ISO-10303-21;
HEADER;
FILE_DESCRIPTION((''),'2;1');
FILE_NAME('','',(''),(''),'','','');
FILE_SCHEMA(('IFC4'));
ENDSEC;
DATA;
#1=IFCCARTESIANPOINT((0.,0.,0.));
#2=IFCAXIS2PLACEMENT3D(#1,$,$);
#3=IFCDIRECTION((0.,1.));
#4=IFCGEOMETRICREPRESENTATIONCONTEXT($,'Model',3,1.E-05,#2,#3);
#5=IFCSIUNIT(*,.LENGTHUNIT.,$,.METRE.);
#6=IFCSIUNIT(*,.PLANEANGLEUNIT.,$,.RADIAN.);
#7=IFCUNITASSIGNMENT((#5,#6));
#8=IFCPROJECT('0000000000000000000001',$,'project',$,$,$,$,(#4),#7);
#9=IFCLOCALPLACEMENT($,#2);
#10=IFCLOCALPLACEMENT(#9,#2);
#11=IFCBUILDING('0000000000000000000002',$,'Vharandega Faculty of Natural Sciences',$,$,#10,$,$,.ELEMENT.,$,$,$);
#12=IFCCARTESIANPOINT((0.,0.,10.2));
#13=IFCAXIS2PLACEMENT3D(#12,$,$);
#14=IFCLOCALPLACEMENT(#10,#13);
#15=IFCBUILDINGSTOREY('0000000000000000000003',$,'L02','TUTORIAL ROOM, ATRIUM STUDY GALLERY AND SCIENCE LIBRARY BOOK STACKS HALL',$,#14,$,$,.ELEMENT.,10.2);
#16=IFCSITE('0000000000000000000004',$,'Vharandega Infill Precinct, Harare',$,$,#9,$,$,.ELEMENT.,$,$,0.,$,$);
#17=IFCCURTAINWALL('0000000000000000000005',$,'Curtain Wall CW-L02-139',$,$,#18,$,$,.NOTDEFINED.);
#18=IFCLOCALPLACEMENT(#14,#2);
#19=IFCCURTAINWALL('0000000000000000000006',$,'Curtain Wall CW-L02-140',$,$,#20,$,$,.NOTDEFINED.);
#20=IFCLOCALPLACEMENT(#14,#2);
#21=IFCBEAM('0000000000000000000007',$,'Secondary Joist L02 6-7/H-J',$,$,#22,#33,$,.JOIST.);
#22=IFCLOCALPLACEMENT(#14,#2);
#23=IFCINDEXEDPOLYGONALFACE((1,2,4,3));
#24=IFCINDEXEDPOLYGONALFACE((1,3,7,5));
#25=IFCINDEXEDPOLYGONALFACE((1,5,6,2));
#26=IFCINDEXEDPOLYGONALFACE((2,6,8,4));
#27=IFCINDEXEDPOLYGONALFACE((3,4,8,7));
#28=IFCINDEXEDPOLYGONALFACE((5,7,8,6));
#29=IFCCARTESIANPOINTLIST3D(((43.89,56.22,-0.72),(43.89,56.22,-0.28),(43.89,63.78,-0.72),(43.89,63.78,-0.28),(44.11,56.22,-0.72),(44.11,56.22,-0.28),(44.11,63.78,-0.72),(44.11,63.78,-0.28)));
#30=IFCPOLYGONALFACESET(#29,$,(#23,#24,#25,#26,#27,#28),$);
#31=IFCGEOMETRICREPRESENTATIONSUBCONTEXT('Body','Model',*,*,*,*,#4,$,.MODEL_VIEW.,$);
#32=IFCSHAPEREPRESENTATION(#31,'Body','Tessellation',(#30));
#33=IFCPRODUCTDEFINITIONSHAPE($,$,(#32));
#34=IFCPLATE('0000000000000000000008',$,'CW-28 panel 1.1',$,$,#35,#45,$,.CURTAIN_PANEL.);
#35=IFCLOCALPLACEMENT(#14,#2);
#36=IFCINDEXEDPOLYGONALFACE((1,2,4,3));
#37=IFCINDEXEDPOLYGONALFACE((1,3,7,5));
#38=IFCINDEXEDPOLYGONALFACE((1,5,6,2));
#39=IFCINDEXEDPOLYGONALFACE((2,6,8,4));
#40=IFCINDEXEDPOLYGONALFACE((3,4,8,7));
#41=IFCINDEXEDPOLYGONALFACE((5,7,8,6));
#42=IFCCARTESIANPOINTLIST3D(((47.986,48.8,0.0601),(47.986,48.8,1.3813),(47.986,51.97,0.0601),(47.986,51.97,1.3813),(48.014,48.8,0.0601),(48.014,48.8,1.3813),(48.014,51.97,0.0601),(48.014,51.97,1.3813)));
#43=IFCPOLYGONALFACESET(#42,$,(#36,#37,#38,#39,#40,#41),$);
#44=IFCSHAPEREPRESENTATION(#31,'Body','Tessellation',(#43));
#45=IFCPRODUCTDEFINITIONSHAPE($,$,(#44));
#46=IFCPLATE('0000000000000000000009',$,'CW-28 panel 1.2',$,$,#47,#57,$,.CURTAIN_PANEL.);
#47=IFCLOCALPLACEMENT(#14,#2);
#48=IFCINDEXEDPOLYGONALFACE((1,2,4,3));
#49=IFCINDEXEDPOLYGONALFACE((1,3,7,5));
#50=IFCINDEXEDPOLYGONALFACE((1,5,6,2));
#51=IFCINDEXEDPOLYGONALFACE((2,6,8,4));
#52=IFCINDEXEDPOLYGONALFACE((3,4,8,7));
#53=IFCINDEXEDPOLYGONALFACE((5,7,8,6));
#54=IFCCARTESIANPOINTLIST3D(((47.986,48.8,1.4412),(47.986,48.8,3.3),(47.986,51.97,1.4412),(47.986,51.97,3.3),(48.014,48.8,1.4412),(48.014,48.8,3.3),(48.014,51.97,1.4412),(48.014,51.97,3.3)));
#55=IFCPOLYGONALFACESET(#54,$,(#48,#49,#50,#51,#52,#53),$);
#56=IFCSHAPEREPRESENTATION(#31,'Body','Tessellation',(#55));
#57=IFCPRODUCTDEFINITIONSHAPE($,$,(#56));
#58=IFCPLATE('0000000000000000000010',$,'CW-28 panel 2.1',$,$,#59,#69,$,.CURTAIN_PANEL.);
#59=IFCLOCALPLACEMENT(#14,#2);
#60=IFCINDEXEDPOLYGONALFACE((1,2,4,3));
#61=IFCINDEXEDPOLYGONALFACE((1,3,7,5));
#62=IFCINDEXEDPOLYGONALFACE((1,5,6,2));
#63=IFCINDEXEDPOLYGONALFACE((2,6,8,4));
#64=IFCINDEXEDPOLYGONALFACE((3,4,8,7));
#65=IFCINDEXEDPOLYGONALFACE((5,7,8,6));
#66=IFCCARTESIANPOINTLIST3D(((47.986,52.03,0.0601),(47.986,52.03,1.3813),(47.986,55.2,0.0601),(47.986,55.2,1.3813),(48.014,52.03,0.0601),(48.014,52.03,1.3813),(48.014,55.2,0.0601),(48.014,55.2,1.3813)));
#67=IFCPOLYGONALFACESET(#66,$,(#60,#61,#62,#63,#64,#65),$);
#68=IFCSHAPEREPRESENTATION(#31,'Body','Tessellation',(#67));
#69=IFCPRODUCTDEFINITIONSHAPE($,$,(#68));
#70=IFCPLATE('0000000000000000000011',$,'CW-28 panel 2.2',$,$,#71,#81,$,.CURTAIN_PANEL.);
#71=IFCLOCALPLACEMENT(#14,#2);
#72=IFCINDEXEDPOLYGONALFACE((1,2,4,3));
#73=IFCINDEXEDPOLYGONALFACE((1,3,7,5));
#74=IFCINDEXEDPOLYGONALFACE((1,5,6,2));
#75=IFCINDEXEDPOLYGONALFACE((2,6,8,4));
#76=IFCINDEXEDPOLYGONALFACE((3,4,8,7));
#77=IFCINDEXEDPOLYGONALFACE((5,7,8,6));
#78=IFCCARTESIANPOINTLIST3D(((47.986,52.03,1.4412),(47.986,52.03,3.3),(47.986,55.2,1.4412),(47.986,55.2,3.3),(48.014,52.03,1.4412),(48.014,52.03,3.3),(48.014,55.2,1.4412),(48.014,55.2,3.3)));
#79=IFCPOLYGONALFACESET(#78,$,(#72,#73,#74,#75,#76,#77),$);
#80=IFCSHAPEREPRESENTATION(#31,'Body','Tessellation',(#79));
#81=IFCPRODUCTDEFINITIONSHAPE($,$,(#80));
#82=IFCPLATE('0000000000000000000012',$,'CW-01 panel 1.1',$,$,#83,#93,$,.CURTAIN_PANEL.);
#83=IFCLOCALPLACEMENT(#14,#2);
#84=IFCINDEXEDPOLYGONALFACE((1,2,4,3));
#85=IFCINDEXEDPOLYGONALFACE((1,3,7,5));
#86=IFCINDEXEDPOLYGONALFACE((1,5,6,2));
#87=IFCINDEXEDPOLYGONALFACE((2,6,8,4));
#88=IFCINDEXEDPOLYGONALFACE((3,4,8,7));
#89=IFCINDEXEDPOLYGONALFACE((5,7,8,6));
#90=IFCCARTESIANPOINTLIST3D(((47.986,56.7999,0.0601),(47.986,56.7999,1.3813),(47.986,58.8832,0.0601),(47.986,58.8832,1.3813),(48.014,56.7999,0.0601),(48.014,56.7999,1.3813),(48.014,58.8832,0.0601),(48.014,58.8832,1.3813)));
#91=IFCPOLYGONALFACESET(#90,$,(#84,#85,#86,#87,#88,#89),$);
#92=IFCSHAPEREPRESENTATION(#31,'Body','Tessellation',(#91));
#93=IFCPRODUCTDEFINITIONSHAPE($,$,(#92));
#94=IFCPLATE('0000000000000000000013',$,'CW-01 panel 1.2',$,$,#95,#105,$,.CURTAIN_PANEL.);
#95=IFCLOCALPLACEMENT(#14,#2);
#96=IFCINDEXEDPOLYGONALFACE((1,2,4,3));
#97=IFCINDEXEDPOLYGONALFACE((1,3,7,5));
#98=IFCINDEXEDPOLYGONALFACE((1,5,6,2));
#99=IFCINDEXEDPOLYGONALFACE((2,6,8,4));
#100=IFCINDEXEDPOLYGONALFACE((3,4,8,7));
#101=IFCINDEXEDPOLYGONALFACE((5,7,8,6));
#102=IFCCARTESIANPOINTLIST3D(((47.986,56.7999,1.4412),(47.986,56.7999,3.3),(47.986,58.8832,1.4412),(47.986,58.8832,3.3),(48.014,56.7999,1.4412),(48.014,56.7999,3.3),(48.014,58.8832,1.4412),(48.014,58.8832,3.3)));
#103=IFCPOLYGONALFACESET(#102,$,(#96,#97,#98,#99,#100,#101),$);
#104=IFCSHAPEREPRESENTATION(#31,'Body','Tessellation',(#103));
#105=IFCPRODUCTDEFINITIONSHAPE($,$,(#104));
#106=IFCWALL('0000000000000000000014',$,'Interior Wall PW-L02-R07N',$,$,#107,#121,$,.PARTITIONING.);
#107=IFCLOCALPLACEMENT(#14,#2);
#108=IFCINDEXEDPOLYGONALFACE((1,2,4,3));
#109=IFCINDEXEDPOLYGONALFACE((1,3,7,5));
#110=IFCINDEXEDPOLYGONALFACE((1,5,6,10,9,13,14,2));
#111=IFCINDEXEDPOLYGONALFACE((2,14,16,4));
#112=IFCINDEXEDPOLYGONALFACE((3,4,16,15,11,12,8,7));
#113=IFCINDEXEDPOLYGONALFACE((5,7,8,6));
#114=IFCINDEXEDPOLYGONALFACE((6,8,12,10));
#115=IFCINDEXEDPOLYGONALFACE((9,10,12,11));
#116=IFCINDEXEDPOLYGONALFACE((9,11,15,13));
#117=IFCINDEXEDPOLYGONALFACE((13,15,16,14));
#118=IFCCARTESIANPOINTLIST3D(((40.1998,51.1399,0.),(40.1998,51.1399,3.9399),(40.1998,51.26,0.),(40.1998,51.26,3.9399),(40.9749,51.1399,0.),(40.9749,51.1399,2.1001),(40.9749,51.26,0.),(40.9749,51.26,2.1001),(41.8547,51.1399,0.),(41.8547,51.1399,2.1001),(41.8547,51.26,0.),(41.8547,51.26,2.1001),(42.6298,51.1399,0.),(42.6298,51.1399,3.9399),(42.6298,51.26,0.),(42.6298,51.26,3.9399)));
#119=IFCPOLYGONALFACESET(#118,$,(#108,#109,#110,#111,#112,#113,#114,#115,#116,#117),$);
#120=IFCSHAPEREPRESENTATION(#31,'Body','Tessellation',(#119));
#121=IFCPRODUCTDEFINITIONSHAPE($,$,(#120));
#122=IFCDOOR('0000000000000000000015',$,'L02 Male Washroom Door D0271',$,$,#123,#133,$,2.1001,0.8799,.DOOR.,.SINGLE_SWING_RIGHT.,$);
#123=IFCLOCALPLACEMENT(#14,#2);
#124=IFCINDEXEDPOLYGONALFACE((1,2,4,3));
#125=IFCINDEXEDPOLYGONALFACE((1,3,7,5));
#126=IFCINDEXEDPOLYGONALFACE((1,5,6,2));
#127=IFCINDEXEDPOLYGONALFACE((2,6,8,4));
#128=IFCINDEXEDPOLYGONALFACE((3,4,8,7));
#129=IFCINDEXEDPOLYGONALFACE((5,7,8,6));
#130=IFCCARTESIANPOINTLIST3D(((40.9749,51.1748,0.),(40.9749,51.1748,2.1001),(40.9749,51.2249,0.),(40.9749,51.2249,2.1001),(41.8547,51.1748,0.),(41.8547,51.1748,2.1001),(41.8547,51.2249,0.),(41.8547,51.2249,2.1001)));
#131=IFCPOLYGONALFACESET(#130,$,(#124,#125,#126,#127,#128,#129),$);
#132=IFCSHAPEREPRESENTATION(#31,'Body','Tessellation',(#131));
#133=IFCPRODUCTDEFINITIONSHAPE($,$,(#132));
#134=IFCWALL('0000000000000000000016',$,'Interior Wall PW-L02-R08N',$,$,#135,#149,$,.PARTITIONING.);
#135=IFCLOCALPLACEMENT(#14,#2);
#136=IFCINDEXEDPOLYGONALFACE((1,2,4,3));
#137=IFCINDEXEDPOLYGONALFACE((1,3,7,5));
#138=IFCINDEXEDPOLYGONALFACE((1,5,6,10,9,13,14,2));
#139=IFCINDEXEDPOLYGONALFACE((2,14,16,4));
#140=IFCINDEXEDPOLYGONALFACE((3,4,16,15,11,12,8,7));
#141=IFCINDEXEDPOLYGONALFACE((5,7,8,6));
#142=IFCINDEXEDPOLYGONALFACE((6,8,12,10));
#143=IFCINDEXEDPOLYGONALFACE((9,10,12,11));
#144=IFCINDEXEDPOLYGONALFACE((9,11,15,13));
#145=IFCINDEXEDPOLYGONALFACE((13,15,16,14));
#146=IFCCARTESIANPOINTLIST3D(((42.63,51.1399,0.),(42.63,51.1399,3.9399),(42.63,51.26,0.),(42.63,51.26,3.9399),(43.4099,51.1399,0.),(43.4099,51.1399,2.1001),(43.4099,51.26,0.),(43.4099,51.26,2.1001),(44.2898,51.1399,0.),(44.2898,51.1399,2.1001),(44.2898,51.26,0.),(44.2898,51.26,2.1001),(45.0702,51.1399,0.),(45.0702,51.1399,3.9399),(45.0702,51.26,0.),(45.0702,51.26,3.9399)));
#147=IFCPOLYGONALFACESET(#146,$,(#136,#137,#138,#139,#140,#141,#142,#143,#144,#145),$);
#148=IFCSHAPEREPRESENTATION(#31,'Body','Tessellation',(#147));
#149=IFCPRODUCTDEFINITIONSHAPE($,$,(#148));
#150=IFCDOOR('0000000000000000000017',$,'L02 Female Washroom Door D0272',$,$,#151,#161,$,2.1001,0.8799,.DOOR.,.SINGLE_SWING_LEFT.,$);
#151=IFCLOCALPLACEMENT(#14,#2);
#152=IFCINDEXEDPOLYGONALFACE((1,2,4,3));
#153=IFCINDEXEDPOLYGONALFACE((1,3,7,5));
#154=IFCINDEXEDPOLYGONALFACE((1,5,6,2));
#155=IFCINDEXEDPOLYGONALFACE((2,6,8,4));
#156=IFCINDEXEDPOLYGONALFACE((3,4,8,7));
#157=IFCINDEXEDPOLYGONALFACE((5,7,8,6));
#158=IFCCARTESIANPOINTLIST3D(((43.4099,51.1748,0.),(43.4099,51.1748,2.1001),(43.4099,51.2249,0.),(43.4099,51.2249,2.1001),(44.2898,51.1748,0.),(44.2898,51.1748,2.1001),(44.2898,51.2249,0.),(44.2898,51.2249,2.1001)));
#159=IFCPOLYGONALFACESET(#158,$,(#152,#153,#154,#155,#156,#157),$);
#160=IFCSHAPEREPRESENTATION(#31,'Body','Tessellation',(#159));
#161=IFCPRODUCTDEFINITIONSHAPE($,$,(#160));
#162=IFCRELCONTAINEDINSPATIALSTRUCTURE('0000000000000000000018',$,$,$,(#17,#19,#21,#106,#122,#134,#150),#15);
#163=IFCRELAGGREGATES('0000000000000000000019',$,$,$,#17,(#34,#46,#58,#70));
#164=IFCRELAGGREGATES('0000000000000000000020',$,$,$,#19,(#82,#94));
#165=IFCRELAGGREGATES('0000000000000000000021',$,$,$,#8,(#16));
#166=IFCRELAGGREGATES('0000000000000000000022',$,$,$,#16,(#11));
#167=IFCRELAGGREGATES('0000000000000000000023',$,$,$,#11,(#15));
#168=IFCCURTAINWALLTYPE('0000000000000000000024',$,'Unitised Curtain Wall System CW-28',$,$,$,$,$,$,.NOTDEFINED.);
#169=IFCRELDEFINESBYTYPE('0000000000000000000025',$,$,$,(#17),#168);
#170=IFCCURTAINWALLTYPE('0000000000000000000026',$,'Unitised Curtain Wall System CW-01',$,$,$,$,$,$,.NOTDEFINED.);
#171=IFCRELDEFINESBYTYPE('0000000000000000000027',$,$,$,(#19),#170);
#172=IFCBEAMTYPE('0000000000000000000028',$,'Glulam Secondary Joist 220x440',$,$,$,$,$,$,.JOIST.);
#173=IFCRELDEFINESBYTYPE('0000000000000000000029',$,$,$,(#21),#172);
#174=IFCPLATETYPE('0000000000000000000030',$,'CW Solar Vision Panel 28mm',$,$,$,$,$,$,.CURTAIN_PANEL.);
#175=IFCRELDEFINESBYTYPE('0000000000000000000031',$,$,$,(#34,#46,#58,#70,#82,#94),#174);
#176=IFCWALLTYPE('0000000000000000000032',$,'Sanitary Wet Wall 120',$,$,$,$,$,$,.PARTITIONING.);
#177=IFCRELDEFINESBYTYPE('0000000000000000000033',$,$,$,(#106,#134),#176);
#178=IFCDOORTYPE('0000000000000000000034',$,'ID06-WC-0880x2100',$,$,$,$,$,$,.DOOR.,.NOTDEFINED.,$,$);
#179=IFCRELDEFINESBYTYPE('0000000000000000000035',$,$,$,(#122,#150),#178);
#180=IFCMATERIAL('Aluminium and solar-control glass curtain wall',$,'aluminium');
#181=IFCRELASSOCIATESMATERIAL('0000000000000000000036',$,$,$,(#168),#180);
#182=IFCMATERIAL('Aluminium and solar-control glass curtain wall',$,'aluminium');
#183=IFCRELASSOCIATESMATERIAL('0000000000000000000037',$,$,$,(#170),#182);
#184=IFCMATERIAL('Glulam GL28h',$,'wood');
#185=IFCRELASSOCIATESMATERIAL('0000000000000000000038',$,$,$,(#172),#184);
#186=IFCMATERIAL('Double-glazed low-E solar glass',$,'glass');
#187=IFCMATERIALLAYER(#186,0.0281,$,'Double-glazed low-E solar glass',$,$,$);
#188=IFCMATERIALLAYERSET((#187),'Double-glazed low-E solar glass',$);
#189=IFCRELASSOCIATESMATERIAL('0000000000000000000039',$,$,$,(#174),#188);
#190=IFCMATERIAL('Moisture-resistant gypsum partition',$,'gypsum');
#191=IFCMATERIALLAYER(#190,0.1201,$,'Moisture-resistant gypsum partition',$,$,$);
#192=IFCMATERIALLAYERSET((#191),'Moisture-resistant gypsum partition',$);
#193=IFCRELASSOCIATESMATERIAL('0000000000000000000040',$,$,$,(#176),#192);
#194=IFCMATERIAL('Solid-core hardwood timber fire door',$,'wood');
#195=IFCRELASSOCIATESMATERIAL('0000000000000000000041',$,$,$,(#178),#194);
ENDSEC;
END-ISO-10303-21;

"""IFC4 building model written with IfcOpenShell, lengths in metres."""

from ifc_helpers import new_model, si_unit, direction, frame, frame_2d, origin, origin_2d, place, context, subcontext, project, spatial, rectangle, extrude, material, layer, layer_set, material_profile, profile_set, type_object, element, fill, aggregate, save


model = new_model("IFC4")

# Units and contexts
model_context = context("Model", 3, precision=1e-05, world=origin(), true_north=direction((0.0, 1.0)))
body_context = subcontext(model_context, "Body", "Model", "MODEL_VIEW")
ifc_project = project(units=[si_unit("LENGTHUNIT", "METRE"), si_unit("PLANEANGLEUNIT", "RADIAN")], contexts=[model_context])

# Site, building, storey
site_placement = place(None, origin())
site = spatial("IfcSite", under=ifc_project, at=site_placement, Name="Vharandega Infill Precinct, Harare", CompositionType="ELEMENT", RefElevation=0.0)
building_placement = place(site_placement, origin())
building = spatial("IfcBuilding", under=site, at=building_placement, Name="Vharandega Faculty of Natural Sciences", CompositionType="ELEMENT")
storey_placement = place(building_placement, frame((0.0, 0.0, 10.2)))
storey = spatial("IfcBuildingStorey", under=building, at=storey_placement, Name="L02", Description="TUTORIAL ROOM, ATRIUM STUDY GALLERY AND SCIENCE LIBRARY BOOK STACKS HALL", CompositionType="ELEMENT", Elevation=10.2)

# Curtain wall
ifc_material_1 = material(Name="Aluminium and solar-control glass curtain wall", Category="aluminium")
curtain_wall_type_1 = type_object("IfcCurtainWallType", Name="Unitised Curtain Wall System CW-28", PredefinedType="NOTDEFINED", material=ifc_material_1)
curtain_wall_1_placement = place(storey_placement, origin())
curtain_wall_1 = element("IfcCurtainWall", 1, at=curtain_wall_1_placement, inside=storey, type_object=curtain_wall_type_1, Name="Curtain Wall CW-L02-139", PredefinedType="NOTDEFINED")

# Curtain wall
ifc_material_2 = material(Name="Aluminium and solar-control glass curtain wall", Category="aluminium")
curtain_wall_type_2 = type_object("IfcCurtainWallType", Name="Unitised Curtain Wall System CW-01", PredefinedType="NOTDEFINED", material=ifc_material_2)
curtain_wall_2_placement = place(storey_placement, origin())
curtain_wall_2 = element("IfcCurtainWall", 2, at=curtain_wall_2_placement, inside=storey, type_object=curtain_wall_type_2, Name="Curtain Wall CW-L02-140", PredefinedType="NOTDEFINED")

# Beam
ifc_material_3 = material(Name="Glulam GL28h", Category="wood")
ifc_material_profile_1 = material_profile(ifc_material_3, rectangle(XDim=0.22, YDim=0.4399, at=origin_2d()), Name="GL28h 220x440")
ifc_profile_set_1 = profile_set([ifc_material_profile_1], Name="Glulam GL28h")
beam_type_1 = type_object("IfcBeamType", Name="Glulam Secondary Joist 220x440", PredefinedType="JOIST", material=ifc_profile_set_1)
beam_1_placement = place(storey_placement, frame((44.0, 56.22, -0.5), z_axis=(0.0, 1.0, 0.0), x_axis=(-1.0, 0.0, 0.0)))
element("IfcBeam", 3, at=beam_1_placement, inside=storey, type_object=beam_type_1, Name="Secondary Joist L02 6-7/H-J", PredefinedType="JOIST", context=body_context, shape_type="SweptSolid", body=[
    extrude(rectangle(XDim=0.22, YDim=0.4399, at=origin_2d()), origin(), (0.0, 0.0, 1.0), 7.5601),
])

# Plates
ifc_material_4 = material(Name="Double-glazed low-E solar glass", Category="glass")
ifc_layer_1 = layer(ifc_material_4, 0.0281, Name="Double-glazed low-E solar glass")
ifc_layer_set_1 = layer_set([ifc_layer_1], Name="Double-glazed low-E solar glass")
plate_type = type_object("IfcPlateType", Name="CW Solar Vision Panel 28mm", PredefinedType="CURTAIN_PANEL", material=ifc_layer_set_1)
plate_1_placement = place(storey_placement, frame((48.0, 50.385, 0.0601), z_axis=(0.0, 0.0, 1.0), x_axis=(0.0, 1.0, 0.0)))
plate_1 = element("IfcPlate", 4, at=plate_1_placement, type_object=plate_type, Name="CW-28 panel 1.1", PredefinedType="CURTAIN_PANEL", context=body_context, shape_type="SweptSolid", body=[
    extrude(rectangle(XDim=3.1699, YDim=0.0281, at=origin_2d()), origin(), (0.0, 0.0, 1.0), 1.3213),
])
plate_2_placement = place(storey_placement, frame((48.0, 50.385, 1.4412), z_axis=(0.0, 0.0, 1.0), x_axis=(0.0, 1.0, 0.0)))
plate_2 = element("IfcPlate", 5, at=plate_2_placement, type_object=plate_type, Name="CW-28 panel 1.2", PredefinedType="CURTAIN_PANEL", context=body_context, shape_type="SweptSolid", body=[
    extrude(rectangle(XDim=3.1699, YDim=0.0281, at=origin_2d()), origin(), (0.0, 0.0, 1.0), 1.8589),
])
plate_3_placement = place(storey_placement, frame((48.0, 53.615, 0.0601), z_axis=(0.0, 0.0, 1.0), x_axis=(0.0, 1.0, 0.0)))
plate_3 = element("IfcPlate", 6, at=plate_3_placement, type_object=plate_type, Name="CW-28 panel 2.1", PredefinedType="CURTAIN_PANEL", context=body_context, shape_type="SweptSolid", body=[
    extrude(rectangle(XDim=3.1699, YDim=0.0281, at=origin_2d()), origin(), (0.0, 0.0, 1.0), 1.3213),
])
plate_4_placement = place(storey_placement, frame((48.0, 53.615, 1.4412), z_axis=(0.0, 0.0, 1.0), x_axis=(0.0, 1.0, 0.0)))
plate_4 = element("IfcPlate", 7, at=plate_4_placement, type_object=plate_type, Name="CW-28 panel 2.2", PredefinedType="CURTAIN_PANEL", context=body_context, shape_type="SweptSolid", body=[
    extrude(rectangle(XDim=3.1699, YDim=0.0281, at=origin_2d()), origin(), (0.0, 0.0, 1.0), 1.8589),
])
aggregate(curtain_wall_1, [plate_1, plate_2, plate_3, plate_4])
plate_5_placement = place(storey_placement, frame((48.0, 57.8416, 0.0601), z_axis=(0.0, 0.0, 1.0), x_axis=(0.0, 1.0, 0.0)))
plate_5 = element("IfcPlate", 8, at=plate_5_placement, type_object=plate_type, Name="CW-01 panel 1.1", PredefinedType="CURTAIN_PANEL", context=body_context, shape_type="SweptSolid", body=[
    extrude(rectangle(XDim=2.0833, YDim=0.0281, at=origin_2d()), origin(), (0.0, 0.0, 1.0), 1.3213),
])
plate_6_placement = place(storey_placement, frame((48.0, 57.8416, 1.4412), z_axis=(0.0, 0.0, 1.0), x_axis=(0.0, 1.0, 0.0)))
plate_6 = element("IfcPlate", 9, at=plate_6_placement, type_object=plate_type, Name="CW-01 panel 1.2", PredefinedType="CURTAIN_PANEL", context=body_context, shape_type="SweptSolid", body=[
    extrude(rectangle(XDim=2.0833, YDim=0.0281, at=origin_2d()), origin(), (0.0, 0.0, 1.0), 1.8589),
])
aggregate(curtain_wall_2, [plate_5, plate_6])

# Walls, openings, doors
ifc_material_5 = material(Name="Moisture-resistant gypsum partition", Category="gypsum")
ifc_layer_2 = layer(ifc_material_5, 0.1201, Name="Moisture-resistant gypsum partition")
ifc_layer_set_2 = layer_set([ifc_layer_2], Name="Moisture-resistant gypsum partition")
wall_type = type_object("IfcWallType", Name="Sanitary Wet Wall 120", PredefinedType="PARTITIONING", material=ifc_layer_set_2)
wall_1_placement = place(storey_placement, frame((40.2, 51.2, 0.0), z_axis=(0.0, 0.0, 1.0), x_axis=(1.0, 0.0, 0.0)))
wall_1 = element("IfcWall", 10, at=wall_1_placement, inside=storey, type_object=wall_type, Name="Interior Wall PW-L02-R07N", PredefinedType="PARTITIONING", context=body_context, shape_type="SweptSolid", body=[
    extrude(rectangle(XDim=2.4299, YDim=0.1201, at=frame_2d((1.2148, 0.0))), origin(), (0.0, 0.0, 1.0), 3.9399),
])
opening_1_placement = place(wall_1_placement, frame((0.7749, 0.0, 0.0)))
opening_1 = element("IfcOpeningElement", 11, at=opening_1_placement, cuts=wall_1, PredefinedType="OPENING", context=body_context, shape_type="SweptSolid", body=[
    extrude(rectangle(XDim=0.8799, YDim=2.1001, at=frame_2d((0.4399, 1.05))), frame((0.0, 0.0701, 0.0), z_axis=(0.0, -1.0, 0.0), x_axis=(1.0, 0.0, 0.0)), (0.0, 0.0, 1.0), 0.1401),
])
ifc_material_6 = material(Name="Solid-core hardwood timber fire door", Category="wood")
door_type_1 = type_object("IfcDoorType", Name="ID06-WC-0880x2100", OperationType="NOTDEFINED", PredefinedType="DOOR", material=ifc_material_6)
door_1_placement = place(opening_1_placement, origin())
door_1 = element("IfcDoor", 12, at=door_1_placement, inside=storey, type_object=door_type_1, Name="L02 Male Washroom Door D0271", OperationType="SINGLE_SWING_RIGHT", OverallHeight=2.1001, OverallWidth=0.8799, PredefinedType="DOOR", context=body_context, shape_type="SweptSolid", body=[
    extrude(rectangle(XDim=0.8799, YDim=2.1001, at=frame_2d((0.4399, 1.05))), frame((0.0, 0.0249, 0.0), z_axis=(0.0, -1.0, 0.0), x_axis=(1.0, 0.0, 0.0)), (0.0, 0.0, 1.0), 0.05),
])
fill(opening_1, door_1)
wall_2_placement = place(storey_placement, frame((42.6299, 51.2, 0.0), z_axis=(0.0, 0.0, 1.0), x_axis=(1.0, 0.0, 0.0)))
wall_2 = element("IfcWall", 13, at=wall_2_placement, inside=storey, type_object=wall_type, Name="Interior Wall PW-L02-R08N", PredefinedType="PARTITIONING", context=body_context, shape_type="SweptSolid", body=[
    extrude(rectangle(XDim=2.4402, YDim=0.1201, at=frame_2d((1.2202, 0.0))), origin(), (0.0, 0.0, 1.0), 3.9399),
])
opening_2_placement = place(wall_2_placement, frame((0.78, 0.0, 0.0)))
opening_2 = element("IfcOpeningElement", 14, at=opening_2_placement, cuts=wall_2, PredefinedType="OPENING", context=body_context, shape_type="SweptSolid", body=[
    extrude(rectangle(XDim=0.8799, YDim=2.1001, at=frame_2d((0.4399, 1.05))), frame((0.0, 0.0701, 0.0), z_axis=(0.0, -1.0, 0.0), x_axis=(1.0, 0.0, 0.0)), (0.0, 0.0, 1.0), 0.1401),
])
door_2_placement = place(opening_2_placement, origin())
door_2 = element("IfcDoor", 15, at=door_2_placement, inside=storey, type_object=door_type_1, Name="L02 Female Washroom Door D0272", OperationType="SINGLE_SWING_LEFT", OverallHeight=2.1001, OverallWidth=0.8799, PredefinedType="DOOR", context=body_context, shape_type="SweptSolid", body=[
    extrude(rectangle(XDim=0.8799, YDim=2.1001, at=frame_2d((0.4399, 1.05))), frame((0.0, 0.0249, 0.0), z_axis=(0.0, -1.0, 0.0), x_axis=(1.0, 0.0, 0.0)), (0.0, 0.0, 1.0), 0.05),
])
fill(opening_2, door_2)

save(model, "model.ifc")
